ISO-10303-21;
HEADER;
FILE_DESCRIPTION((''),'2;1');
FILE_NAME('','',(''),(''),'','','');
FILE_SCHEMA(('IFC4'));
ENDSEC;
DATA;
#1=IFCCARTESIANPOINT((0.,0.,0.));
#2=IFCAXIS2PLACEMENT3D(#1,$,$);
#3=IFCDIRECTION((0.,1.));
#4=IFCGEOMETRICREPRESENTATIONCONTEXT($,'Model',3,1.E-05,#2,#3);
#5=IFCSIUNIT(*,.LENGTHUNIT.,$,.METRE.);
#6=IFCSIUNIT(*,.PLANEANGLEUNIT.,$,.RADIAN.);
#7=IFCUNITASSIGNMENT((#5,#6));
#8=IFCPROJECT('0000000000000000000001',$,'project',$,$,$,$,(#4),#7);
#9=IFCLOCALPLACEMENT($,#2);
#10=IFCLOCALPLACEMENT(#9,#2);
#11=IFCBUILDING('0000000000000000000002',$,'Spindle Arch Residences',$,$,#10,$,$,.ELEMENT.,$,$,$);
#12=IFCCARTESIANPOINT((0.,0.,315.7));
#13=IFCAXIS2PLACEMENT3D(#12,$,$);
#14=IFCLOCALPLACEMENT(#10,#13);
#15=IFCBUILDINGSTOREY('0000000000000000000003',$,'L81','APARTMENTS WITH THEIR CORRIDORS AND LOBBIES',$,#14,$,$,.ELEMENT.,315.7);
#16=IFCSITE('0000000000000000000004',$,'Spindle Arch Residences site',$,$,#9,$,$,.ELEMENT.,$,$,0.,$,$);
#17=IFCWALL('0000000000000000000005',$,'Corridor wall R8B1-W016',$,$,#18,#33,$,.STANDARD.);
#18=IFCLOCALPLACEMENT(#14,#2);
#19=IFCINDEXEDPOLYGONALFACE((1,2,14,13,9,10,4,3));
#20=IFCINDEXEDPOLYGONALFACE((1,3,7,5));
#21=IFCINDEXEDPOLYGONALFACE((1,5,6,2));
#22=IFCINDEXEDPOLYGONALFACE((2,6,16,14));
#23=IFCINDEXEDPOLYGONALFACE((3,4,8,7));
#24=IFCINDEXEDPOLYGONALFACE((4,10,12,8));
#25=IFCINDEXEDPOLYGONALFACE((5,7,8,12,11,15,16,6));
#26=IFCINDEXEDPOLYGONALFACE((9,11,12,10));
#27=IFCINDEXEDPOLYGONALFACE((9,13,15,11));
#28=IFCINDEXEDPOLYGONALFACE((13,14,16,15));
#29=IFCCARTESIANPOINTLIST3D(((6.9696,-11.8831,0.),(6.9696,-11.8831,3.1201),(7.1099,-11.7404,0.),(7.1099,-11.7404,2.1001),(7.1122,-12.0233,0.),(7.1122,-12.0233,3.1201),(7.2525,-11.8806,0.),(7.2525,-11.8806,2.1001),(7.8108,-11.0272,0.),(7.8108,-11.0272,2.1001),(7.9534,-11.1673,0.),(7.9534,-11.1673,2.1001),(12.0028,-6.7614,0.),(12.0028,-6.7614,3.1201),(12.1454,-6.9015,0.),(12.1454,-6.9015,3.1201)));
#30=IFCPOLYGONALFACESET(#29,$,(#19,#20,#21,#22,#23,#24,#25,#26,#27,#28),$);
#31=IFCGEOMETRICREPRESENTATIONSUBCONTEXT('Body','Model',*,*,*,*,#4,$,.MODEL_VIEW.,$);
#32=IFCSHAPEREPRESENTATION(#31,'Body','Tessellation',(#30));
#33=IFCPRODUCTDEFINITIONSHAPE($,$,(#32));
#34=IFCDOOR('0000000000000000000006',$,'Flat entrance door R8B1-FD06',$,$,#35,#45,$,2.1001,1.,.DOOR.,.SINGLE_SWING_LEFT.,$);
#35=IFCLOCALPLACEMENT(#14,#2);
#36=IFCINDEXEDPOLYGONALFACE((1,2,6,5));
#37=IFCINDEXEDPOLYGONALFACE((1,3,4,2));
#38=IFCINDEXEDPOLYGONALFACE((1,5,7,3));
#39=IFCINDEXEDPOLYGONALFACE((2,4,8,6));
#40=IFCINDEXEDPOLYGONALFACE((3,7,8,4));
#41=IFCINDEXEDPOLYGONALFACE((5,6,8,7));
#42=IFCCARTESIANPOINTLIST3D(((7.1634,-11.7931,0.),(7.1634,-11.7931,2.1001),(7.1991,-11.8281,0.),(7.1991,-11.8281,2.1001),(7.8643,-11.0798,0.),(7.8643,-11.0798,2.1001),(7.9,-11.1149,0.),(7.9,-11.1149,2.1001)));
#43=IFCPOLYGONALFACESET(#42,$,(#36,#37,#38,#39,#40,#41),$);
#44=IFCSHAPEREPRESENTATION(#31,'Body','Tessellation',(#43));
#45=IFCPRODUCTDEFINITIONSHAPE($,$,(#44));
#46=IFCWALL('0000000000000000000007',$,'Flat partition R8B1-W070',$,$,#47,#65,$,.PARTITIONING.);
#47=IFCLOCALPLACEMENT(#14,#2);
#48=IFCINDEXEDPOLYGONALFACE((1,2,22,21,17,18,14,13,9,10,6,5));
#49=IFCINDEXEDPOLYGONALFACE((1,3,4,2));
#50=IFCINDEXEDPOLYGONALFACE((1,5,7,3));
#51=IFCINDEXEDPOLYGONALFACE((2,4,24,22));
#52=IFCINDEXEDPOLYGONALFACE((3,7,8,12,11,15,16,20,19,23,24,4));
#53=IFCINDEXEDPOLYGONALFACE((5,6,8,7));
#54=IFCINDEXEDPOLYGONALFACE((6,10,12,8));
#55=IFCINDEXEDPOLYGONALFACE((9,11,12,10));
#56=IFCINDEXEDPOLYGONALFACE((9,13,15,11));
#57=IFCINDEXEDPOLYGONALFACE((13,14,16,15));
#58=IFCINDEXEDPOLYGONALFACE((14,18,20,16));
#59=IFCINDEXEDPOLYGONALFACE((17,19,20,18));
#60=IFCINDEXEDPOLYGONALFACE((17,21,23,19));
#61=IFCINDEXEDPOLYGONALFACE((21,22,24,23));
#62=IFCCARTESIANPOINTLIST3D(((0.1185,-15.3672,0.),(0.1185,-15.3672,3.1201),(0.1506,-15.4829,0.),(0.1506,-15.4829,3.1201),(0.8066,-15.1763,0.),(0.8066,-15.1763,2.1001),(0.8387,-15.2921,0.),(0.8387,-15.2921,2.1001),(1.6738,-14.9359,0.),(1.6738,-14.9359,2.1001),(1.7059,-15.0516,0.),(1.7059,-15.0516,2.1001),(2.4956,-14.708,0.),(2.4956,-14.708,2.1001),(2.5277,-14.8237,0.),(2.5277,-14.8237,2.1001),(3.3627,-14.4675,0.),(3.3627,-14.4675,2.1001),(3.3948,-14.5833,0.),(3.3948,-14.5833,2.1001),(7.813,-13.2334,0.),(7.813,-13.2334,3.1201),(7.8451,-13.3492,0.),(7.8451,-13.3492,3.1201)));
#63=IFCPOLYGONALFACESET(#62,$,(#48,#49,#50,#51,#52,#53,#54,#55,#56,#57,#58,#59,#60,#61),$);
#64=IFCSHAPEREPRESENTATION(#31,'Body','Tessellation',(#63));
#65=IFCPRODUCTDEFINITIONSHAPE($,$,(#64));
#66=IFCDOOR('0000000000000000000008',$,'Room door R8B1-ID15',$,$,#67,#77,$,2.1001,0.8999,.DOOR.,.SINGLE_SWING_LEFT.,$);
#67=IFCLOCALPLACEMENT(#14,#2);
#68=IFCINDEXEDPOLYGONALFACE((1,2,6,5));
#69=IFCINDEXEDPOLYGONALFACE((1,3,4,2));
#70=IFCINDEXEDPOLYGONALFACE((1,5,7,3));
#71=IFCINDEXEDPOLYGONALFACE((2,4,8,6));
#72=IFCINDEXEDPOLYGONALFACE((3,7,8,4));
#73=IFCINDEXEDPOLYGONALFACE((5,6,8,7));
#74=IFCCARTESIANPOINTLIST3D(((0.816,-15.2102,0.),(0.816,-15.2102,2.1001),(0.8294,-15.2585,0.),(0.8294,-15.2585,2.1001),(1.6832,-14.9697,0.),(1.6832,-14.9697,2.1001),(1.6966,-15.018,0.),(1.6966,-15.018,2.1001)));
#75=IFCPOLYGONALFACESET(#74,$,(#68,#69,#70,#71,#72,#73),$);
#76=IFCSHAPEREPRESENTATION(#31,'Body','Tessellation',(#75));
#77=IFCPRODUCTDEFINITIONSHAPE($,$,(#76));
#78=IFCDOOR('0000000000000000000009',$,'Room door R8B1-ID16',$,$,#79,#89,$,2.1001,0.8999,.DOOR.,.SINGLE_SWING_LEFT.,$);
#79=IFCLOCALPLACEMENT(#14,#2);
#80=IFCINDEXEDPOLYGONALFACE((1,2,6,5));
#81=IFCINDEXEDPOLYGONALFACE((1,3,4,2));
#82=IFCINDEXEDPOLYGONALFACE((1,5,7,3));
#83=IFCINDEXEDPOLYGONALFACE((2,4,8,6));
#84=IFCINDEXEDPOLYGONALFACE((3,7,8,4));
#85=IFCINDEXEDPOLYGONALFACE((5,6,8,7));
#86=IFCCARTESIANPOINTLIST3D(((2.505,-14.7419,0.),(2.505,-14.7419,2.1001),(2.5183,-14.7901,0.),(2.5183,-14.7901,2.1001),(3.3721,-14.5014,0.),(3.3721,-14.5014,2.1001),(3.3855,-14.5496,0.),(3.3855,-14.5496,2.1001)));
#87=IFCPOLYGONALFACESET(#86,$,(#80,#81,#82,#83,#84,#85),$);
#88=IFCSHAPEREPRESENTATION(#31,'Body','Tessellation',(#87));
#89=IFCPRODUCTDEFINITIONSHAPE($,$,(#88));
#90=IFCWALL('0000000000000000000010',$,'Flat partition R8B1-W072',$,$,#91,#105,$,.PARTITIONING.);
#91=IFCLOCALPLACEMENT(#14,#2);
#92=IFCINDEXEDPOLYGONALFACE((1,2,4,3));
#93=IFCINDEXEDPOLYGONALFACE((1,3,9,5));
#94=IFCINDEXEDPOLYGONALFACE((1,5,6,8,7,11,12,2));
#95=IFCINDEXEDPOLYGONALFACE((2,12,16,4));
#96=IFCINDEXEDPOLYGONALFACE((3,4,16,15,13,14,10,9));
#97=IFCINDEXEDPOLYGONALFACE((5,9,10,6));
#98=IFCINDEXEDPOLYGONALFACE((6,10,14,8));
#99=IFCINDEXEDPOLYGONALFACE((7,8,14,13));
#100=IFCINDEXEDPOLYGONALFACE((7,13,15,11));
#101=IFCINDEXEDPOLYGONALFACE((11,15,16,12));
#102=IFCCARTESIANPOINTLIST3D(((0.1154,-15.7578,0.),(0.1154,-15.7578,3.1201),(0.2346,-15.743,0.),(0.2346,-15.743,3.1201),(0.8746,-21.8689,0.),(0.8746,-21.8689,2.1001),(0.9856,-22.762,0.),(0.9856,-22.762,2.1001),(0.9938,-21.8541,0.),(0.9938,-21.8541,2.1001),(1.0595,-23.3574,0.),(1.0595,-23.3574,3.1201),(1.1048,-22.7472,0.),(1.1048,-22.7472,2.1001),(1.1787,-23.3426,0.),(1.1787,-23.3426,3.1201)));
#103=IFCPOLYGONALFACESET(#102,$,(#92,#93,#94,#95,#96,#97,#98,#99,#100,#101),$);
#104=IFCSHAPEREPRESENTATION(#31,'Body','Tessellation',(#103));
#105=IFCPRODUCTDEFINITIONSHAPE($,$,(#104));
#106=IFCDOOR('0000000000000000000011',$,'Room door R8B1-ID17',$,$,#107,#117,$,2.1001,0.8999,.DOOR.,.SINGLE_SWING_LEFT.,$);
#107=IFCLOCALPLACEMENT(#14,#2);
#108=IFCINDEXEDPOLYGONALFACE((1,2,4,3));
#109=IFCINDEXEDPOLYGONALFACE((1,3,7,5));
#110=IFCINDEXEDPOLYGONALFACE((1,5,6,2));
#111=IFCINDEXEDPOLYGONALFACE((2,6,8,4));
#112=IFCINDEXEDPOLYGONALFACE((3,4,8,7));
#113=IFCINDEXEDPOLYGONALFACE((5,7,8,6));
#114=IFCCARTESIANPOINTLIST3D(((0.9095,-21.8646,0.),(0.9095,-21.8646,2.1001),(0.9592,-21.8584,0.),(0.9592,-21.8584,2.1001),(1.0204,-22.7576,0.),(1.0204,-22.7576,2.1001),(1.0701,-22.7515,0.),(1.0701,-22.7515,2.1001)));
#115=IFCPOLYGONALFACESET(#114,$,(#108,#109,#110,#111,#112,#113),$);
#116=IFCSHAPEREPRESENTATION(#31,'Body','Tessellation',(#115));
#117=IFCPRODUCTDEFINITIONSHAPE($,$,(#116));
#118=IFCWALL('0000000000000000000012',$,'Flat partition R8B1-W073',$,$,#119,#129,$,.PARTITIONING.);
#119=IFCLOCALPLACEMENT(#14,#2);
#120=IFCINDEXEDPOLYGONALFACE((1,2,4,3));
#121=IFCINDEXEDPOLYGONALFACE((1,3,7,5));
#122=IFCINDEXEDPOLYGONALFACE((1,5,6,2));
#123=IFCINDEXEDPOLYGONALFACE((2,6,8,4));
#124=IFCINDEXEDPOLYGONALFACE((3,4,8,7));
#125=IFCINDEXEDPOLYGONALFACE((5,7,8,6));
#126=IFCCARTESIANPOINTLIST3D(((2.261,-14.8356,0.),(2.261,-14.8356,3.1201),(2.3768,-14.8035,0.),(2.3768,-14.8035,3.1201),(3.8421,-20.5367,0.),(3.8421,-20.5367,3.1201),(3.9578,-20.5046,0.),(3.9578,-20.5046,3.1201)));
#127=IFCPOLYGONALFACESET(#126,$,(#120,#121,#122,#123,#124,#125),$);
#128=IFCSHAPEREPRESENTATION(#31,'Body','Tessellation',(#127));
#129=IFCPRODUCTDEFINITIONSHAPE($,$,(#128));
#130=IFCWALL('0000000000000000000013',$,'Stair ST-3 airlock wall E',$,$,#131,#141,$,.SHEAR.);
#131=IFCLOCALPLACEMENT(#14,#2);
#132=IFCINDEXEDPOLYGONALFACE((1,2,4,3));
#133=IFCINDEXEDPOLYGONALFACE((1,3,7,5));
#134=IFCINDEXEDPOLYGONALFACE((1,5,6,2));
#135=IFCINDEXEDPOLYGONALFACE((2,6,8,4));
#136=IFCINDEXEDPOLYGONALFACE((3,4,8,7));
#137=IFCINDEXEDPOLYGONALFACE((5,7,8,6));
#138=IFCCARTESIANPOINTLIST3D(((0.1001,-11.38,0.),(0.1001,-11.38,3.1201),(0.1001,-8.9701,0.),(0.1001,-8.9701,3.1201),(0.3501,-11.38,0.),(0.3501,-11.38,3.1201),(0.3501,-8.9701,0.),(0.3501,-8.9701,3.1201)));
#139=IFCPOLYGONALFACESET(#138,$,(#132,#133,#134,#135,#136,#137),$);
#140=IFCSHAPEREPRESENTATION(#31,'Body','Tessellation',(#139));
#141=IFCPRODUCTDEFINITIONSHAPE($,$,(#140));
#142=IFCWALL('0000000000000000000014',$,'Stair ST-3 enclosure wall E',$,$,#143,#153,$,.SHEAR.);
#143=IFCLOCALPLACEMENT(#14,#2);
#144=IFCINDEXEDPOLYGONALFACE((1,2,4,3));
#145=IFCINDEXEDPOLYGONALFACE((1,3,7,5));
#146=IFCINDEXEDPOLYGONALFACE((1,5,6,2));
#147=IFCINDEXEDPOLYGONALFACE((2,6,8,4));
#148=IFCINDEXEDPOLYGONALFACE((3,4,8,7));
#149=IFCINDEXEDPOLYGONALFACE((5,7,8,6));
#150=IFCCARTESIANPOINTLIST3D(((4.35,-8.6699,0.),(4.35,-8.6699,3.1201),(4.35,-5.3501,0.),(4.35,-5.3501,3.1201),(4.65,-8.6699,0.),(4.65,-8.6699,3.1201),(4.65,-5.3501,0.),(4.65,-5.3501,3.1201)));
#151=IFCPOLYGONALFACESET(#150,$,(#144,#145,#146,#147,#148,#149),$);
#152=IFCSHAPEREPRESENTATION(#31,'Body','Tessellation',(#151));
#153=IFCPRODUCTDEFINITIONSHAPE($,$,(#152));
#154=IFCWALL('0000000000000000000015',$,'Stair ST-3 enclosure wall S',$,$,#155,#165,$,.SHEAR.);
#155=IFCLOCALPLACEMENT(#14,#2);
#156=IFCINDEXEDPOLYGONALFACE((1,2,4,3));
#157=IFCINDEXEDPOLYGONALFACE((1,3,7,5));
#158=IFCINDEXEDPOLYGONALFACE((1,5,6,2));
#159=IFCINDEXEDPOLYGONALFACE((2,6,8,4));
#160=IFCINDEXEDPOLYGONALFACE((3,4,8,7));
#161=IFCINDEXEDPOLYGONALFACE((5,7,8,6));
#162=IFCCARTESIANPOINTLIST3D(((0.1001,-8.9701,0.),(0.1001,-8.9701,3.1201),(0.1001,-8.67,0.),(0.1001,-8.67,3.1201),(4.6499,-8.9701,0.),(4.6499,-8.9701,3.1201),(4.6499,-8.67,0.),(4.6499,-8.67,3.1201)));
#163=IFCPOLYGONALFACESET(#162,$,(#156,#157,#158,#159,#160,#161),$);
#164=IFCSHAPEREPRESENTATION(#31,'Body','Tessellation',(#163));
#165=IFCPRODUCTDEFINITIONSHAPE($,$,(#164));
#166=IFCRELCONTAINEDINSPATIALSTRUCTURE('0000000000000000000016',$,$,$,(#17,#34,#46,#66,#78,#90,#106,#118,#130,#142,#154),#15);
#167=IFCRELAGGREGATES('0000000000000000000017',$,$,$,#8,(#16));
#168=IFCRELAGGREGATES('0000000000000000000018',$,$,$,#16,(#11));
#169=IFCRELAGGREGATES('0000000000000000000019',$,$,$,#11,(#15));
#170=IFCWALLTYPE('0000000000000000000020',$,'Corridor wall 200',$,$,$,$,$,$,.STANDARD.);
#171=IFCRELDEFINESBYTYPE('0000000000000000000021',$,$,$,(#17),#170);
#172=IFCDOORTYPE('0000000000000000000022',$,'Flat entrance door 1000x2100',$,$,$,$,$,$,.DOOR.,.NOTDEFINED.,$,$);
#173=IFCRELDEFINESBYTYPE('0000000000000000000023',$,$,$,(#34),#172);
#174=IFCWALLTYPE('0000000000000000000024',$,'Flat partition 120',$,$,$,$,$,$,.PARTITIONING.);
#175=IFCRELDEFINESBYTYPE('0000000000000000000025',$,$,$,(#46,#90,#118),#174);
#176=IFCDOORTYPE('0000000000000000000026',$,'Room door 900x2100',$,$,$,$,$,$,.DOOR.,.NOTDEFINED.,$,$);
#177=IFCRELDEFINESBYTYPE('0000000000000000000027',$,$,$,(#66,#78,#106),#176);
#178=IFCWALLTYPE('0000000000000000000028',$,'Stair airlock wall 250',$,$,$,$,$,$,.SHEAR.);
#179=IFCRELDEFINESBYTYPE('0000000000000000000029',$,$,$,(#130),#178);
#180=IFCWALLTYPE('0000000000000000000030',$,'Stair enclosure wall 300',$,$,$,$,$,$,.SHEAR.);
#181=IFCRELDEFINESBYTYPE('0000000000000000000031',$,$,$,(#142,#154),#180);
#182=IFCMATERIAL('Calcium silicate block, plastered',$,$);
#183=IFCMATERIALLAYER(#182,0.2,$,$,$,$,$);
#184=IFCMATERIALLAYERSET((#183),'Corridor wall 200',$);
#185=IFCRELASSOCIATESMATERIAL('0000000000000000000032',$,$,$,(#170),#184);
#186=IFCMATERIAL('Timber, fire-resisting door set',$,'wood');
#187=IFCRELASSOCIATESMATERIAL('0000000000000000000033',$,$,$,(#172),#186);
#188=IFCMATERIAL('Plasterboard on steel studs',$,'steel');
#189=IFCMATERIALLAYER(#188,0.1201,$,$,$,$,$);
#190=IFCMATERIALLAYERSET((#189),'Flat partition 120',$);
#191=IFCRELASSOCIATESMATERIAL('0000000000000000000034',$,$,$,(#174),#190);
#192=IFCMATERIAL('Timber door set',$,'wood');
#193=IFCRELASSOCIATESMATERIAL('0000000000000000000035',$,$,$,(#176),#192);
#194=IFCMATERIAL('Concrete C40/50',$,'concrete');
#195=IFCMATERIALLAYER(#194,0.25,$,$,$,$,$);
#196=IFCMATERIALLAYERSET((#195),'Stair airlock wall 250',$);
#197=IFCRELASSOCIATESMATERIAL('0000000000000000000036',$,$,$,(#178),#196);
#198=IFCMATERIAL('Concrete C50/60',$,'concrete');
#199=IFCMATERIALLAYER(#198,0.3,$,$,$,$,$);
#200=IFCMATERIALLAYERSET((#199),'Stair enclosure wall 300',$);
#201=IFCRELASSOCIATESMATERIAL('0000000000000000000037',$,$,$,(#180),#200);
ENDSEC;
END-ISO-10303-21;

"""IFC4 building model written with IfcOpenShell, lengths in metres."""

from ifc_helpers import new_model, si_unit, direction, frame, frame_2d, origin, place, context, subcontext, project, spatial, rectangle, extrude, material, layer, layer_set, type_object, element, fill, save


model = new_model("IFC4")

# Units and contexts
model_context = context("Model", 3, precision=1e-05, world=origin(), true_north=direction((0.0, 1.0)))
body_context = subcontext(model_context, "Body", "Model", "MODEL_VIEW")
ifc_project = project(units=[si_unit("LENGTHUNIT", "METRE"), si_unit("PLANEANGLEUNIT", "RADIAN")], contexts=[model_context])

# Site, building, storey
site_placement = place(None, origin())
site = spatial("IfcSite", under=ifc_project, at=site_placement, Name="Spindle Arch Residences site", CompositionType="ELEMENT", RefElevation=0.0)
building_placement = place(site_placement, origin())
building = spatial("IfcBuilding", under=site, at=building_placement, Name="Spindle Arch Residences", CompositionType="ELEMENT")
storey_placement = place(building_placement, frame((0.0, 0.0, 315.7)))
storey = spatial("IfcBuildingStorey", under=building, at=storey_placement, Name="L81", Description="APARTMENTS WITH THEIR CORRIDORS AND LOBBIES", CompositionType="ELEMENT", Elevation=315.7)

# Shared definitions
ifc_material_1 = material(Name="Calcium silicate block, plastered")
ifc_layer_1 = layer(ifc_material_1, 0.2)
ifc_layer_set_1 = layer_set([ifc_layer_1], Name="Corridor wall 200")
wall_type_1 = type_object("IfcWallType", Name="Corridor wall 200", PredefinedType="STANDARD", material=ifc_layer_set_1)

# Wall, opening, door
wall_1_placement = place(storey_placement, frame((7.041, -11.9531, 0.0), z_axis=(0.0, 0.0, 1.0), x_axis=(0.700909, 0.713251, 0.0)))
wall_1 = element("IfcWall", 1, at=wall_1_placement, inside=storey, type_object=wall_type_1, Name="Corridor wall R8B1-W016", PredefinedType="STANDARD", context=body_context, shape_type="SweptSolid", body=[
    extrude(rectangle(XDim=7.1809, YDim=0.2, at=frame_2d((3.5903, 0.0))), origin(), (0.0, 0.0, 1.0), 3.1201),
])
opening_1_placement = place(wall_1_placement, frame((0.2, 0.0, 0.0)))
opening_1 = element("IfcOpeningElement", 2, at=opening_1_placement, cuts=wall_1, PredefinedType="OPENING", context=body_context, shape_type="SweptSolid", body=[
    extrude(rectangle(XDim=1.0, YDim=2.1001, at=frame_2d((0.5, 1.05))), frame((0.0, 0.1099, 0.0), z_axis=(0.0, -1.0, 0.0), x_axis=(1.0, 0.0, 0.0)), (0.0, 0.0, 1.0), 0.22),
])
ifc_material_2 = material(Name="Timber, fire-resisting door set", Category="wood")
door_type_1 = type_object("IfcDoorType", Name="Flat entrance door 1000x2100", OperationType="NOTDEFINED", PredefinedType="DOOR", material=ifc_material_2)
door_1_placement = place(opening_1_placement, origin())
door_1 = element("IfcDoor", 3, at=door_1_placement, inside=storey, type_object=door_type_1, Name="Flat entrance door R8B1-FD06", OperationType="SINGLE_SWING_LEFT", OverallHeight=2.1001, OverallWidth=1.0, PredefinedType="DOOR", context=body_context, shape_type="SweptSolid", body=[
    extrude(rectangle(XDim=1.0, YDim=2.1001, at=frame_2d((0.5, 1.05))), frame((0.0, 0.0249, 0.0), z_axis=(0.0, -1.0, 0.0), x_axis=(1.0, 0.0, 0.0)), (0.0, 0.0, 1.0), 0.05),
])
fill(opening_1, door_1)

# Wall, openings, doors
ifc_material_3 = material(Name="Plasterboard on steel studs", Category="steel")
ifc_layer_2 = layer(ifc_material_3, 0.1201)
ifc_layer_set_2 = layer_set([ifc_layer_2], Name="Flat partition 120")
wall_type_2 = type_object("IfcWallType", Name="Flat partition 120", PredefinedType="PARTITIONING", material=ifc_layer_set_2)
wall_2_placement = place(storey_placement, frame((0.1345, -15.425, 0.0), z_axis=(0.0, 0.0, 1.0), x_axis=(0.963634, 0.267226, 0.0)))
wall_2 = element("IfcWall", 4, at=wall_2_placement, inside=storey, type_object=wall_type_2, Name="Flat partition R8B1-W070", PredefinedType="PARTITIONING", context=body_context, shape_type="SweptSolid", body=[
    extrude(rectangle(XDim=7.9849, YDim=0.1201, at=frame_2d((3.9924, 0.0))), origin(), (0.0, 0.0, 1.0), 3.1201),
])
opening_2_placement = place(wall_2_placement, frame((0.7141, 0.0, 0.0)))
opening_2 = element("IfcOpeningElement", 5, at=opening_2_placement, cuts=wall_2, PredefinedType="OPENING", context=body_context, shape_type="SweptSolid", body=[
    extrude(rectangle(XDim=0.8999, YDim=2.1001, at=frame_2d((0.45, 1.05))), frame((0.0, 0.0701, 0.0), z_axis=(0.0, -1.0, 0.0), x_axis=(1.0, 0.0, 0.0)), (0.0, 0.0, 1.0), 0.1401),
])
opening_3_placement = place(wall_2_placement, frame((2.4668, 0.0, 0.0)))
opening_3 = element("IfcOpeningElement", 6, at=opening_3_placement, cuts=wall_2, PredefinedType="OPENING", context=body_context, shape_type="SweptSolid", body=[
    extrude(rectangle(XDim=0.8999, YDim=2.1001, at=frame_2d((0.45, 1.05))), frame((0.0, 0.0701, 0.0), z_axis=(0.0, -1.0, 0.0), x_axis=(1.0, 0.0, 0.0)), (0.0, 0.0, 1.0), 0.1401),
])
ifc_material_4 = material(Name="Timber door set", Category="wood")
door_type_2 = type_object("IfcDoorType", Name="Room door 900x2100", OperationType="NOTDEFINED", PredefinedType="DOOR", material=ifc_material_4)
door_2_placement = place(opening_2_placement, origin())
door_2 = element("IfcDoor", 7, at=door_2_placement, inside=storey, type_object=door_type_2, Name="Room door R8B1-ID15", OperationType="SINGLE_SWING_LEFT", OverallHeight=2.1001, OverallWidth=0.8999, PredefinedType="DOOR", context=body_context, shape_type="SweptSolid", body=[
    extrude(rectangle(XDim=0.8999, YDim=2.1001, at=frame_2d((0.45, 1.05))), frame((0.0, 0.0249, 0.0), z_axis=(0.0, -1.0, 0.0), x_axis=(1.0, 0.0, 0.0)), (0.0, 0.0, 1.0), 0.05),
])
fill(opening_2, door_2)
door_3_placement = place(opening_3_placement, origin())
door_3 = element("IfcDoor", 8, at=door_3_placement, inside=storey, type_object=door_type_2, Name="Room door R8B1-ID16", OperationType="SINGLE_SWING_LEFT", OverallHeight=2.1001, OverallWidth=0.8999, PredefinedType="DOOR", context=body_context, shape_type="SweptSolid", body=[
    extrude(rectangle(XDim=0.8999, YDim=2.1001, at=frame_2d((0.45, 1.05))), frame((0.0, 0.0249, 0.0), z_axis=(0.0, -1.0, 0.0), x_axis=(1.0, 0.0, 0.0)), (0.0, 0.0, 1.0), 0.05),
])
fill(opening_3, door_3)

# Wall, opening, door
wall_3_placement = place(storey_placement, frame((1.1191, -23.3501, 0.0), z_axis=(0.0, 0.0, 1.0), x_axis=(-0.123281, 0.992372, 0.0)))
wall_3 = element("IfcWall", 9, at=wall_3_placement, inside=storey, type_object=wall_type_2, Name="Flat partition R8B1-W072", PredefinedType="PARTITIONING", context=body_context, shape_type="SweptSolid", body=[
    extrude(rectangle(XDim=7.658, YDim=0.1201, at=frame_2d((3.8291, 0.0))), origin(), (0.0, 0.0, 1.0), 3.1201),
])
opening_4_placement = place(wall_3_placement, frame((0.6001, 0.0, 0.0)))
opening_4 = element("IfcOpeningElement", 10, at=opening_4_placement, cuts=wall_3, PredefinedType="OPENING", context=body_context, shape_type="SweptSolid", body=[
    extrude(rectangle(XDim=0.8999, YDim=2.1001, at=frame_2d((0.45, 1.05))), frame((0.0, 0.0701, 0.0), z_axis=(0.0, -1.0, 0.0), x_axis=(1.0, 0.0, 0.0)), (0.0, 0.0, 1.0), 0.1401),
])
door_4_placement = place(opening_4_placement, origin())
door_4 = element("IfcDoor", 11, at=door_4_placement, inside=storey, type_object=door_type_2, Name="Room door R8B1-ID17", OperationType="SINGLE_SWING_LEFT", OverallHeight=2.1001, OverallWidth=0.8999, PredefinedType="DOOR", context=body_context, shape_type="SweptSolid", body=[
    extrude(rectangle(XDim=0.8999, YDim=2.1001, at=frame_2d((0.45, 1.05))), frame((0.0, 0.0249, 0.0), z_axis=(0.0, -1.0, 0.0), x_axis=(1.0, 0.0, 0.0)), (0.0, 0.0, 1.0), 0.05),
])
fill(opening_4, door_4)

# Walls
wall_4_placement = place(storey_placement, frame((3.8999, -20.5205, 0.0), z_axis=(0.0, 0.0, 1.0), x_axis=(-0.267235, 0.963631, 0.0)))
element("IfcWall", 12, at=wall_4_placement, inside=storey, type_object=wall_type_2, Name="Flat partition R8B1-W073", PredefinedType="PARTITIONING", context=body_context, shape_type="SweptSolid", body=[
    extrude(rectangle(XDim=5.9163, YDim=0.1201, at=frame_2d((2.958, 0.0))), origin(), (0.0, 0.0, 1.0), 3.1201),
])
ifc_material_5 = material(Name="Concrete C40/50", Category="concrete")
ifc_layer_3 = layer(ifc_material_5, 0.25)
ifc_layer_set_3 = layer_set([ifc_layer_3], Name="Stair airlock wall 250")
wall_type_3 = type_object("IfcWallType", Name="Stair airlock wall 250", PredefinedType="SHEAR", material=ifc_layer_set_3)
wall_5_placement = place(storey_placement, frame((0.2251, -8.97, 0.0), z_axis=(0.0, 0.0, 1.0), x_axis=(0.0, -1.0, 0.0)))
element("IfcWall", 13, at=wall_5_placement, inside=storey, type_object=wall_type_3, Name="Stair ST-3 airlock wall E", PredefinedType="SHEAR", context=body_context, shape_type="SweptSolid", body=[
    extrude(rectangle(XDim=2.4099, YDim=0.25, at=frame_2d((1.2051, 0.0))), origin(), (0.0, 0.0, 1.0), 3.1201),
])
ifc_material_6 = material(Name="Concrete C50/60", Category="concrete")
ifc_layer_4 = layer(ifc_material_6, 0.3)
ifc_layer_set_4 = layer_set([ifc_layer_4], Name="Stair enclosure wall 300")
wall_type_4 = type_object("IfcWallType", Name="Stair enclosure wall 300", PredefinedType="SHEAR", material=ifc_layer_set_4)
wall_6_placement = place(storey_placement, frame((4.5, -8.6699, 0.0), z_axis=(0.0, 0.0, 1.0), x_axis=(0.0, 1.0, 0.0)))
element("IfcWall", 14, at=wall_6_placement, inside=storey, type_object=wall_type_4, Name="Stair ST-3 enclosure wall E", PredefinedType="SHEAR", context=body_context, shape_type="SweptSolid", body=[
    extrude(rectangle(XDim=3.3198, YDim=0.3, at=frame_2d((1.6599, 0.0))), origin(), (0.0, 0.0, 1.0), 3.1201),
])
wall_7_placement = place(storey_placement, frame((0.1001, -8.8201, 0.0), z_axis=(0.0, 0.0, 1.0), x_axis=(1.0, 0.0, 0.0)))
element("IfcWall", 15, at=wall_7_placement, inside=storey, type_object=wall_type_4, Name="Stair ST-3 enclosure wall S", PredefinedType="SHEAR", context=body_context, shape_type="SweptSolid", body=[
    extrude(rectangle(XDim=4.5498, YDim=0.3, at=frame_2d((2.2749, 0.0))), origin(), (0.0, 0.0, 1.0), 3.1201),
])

save(model, "model.ifc")
